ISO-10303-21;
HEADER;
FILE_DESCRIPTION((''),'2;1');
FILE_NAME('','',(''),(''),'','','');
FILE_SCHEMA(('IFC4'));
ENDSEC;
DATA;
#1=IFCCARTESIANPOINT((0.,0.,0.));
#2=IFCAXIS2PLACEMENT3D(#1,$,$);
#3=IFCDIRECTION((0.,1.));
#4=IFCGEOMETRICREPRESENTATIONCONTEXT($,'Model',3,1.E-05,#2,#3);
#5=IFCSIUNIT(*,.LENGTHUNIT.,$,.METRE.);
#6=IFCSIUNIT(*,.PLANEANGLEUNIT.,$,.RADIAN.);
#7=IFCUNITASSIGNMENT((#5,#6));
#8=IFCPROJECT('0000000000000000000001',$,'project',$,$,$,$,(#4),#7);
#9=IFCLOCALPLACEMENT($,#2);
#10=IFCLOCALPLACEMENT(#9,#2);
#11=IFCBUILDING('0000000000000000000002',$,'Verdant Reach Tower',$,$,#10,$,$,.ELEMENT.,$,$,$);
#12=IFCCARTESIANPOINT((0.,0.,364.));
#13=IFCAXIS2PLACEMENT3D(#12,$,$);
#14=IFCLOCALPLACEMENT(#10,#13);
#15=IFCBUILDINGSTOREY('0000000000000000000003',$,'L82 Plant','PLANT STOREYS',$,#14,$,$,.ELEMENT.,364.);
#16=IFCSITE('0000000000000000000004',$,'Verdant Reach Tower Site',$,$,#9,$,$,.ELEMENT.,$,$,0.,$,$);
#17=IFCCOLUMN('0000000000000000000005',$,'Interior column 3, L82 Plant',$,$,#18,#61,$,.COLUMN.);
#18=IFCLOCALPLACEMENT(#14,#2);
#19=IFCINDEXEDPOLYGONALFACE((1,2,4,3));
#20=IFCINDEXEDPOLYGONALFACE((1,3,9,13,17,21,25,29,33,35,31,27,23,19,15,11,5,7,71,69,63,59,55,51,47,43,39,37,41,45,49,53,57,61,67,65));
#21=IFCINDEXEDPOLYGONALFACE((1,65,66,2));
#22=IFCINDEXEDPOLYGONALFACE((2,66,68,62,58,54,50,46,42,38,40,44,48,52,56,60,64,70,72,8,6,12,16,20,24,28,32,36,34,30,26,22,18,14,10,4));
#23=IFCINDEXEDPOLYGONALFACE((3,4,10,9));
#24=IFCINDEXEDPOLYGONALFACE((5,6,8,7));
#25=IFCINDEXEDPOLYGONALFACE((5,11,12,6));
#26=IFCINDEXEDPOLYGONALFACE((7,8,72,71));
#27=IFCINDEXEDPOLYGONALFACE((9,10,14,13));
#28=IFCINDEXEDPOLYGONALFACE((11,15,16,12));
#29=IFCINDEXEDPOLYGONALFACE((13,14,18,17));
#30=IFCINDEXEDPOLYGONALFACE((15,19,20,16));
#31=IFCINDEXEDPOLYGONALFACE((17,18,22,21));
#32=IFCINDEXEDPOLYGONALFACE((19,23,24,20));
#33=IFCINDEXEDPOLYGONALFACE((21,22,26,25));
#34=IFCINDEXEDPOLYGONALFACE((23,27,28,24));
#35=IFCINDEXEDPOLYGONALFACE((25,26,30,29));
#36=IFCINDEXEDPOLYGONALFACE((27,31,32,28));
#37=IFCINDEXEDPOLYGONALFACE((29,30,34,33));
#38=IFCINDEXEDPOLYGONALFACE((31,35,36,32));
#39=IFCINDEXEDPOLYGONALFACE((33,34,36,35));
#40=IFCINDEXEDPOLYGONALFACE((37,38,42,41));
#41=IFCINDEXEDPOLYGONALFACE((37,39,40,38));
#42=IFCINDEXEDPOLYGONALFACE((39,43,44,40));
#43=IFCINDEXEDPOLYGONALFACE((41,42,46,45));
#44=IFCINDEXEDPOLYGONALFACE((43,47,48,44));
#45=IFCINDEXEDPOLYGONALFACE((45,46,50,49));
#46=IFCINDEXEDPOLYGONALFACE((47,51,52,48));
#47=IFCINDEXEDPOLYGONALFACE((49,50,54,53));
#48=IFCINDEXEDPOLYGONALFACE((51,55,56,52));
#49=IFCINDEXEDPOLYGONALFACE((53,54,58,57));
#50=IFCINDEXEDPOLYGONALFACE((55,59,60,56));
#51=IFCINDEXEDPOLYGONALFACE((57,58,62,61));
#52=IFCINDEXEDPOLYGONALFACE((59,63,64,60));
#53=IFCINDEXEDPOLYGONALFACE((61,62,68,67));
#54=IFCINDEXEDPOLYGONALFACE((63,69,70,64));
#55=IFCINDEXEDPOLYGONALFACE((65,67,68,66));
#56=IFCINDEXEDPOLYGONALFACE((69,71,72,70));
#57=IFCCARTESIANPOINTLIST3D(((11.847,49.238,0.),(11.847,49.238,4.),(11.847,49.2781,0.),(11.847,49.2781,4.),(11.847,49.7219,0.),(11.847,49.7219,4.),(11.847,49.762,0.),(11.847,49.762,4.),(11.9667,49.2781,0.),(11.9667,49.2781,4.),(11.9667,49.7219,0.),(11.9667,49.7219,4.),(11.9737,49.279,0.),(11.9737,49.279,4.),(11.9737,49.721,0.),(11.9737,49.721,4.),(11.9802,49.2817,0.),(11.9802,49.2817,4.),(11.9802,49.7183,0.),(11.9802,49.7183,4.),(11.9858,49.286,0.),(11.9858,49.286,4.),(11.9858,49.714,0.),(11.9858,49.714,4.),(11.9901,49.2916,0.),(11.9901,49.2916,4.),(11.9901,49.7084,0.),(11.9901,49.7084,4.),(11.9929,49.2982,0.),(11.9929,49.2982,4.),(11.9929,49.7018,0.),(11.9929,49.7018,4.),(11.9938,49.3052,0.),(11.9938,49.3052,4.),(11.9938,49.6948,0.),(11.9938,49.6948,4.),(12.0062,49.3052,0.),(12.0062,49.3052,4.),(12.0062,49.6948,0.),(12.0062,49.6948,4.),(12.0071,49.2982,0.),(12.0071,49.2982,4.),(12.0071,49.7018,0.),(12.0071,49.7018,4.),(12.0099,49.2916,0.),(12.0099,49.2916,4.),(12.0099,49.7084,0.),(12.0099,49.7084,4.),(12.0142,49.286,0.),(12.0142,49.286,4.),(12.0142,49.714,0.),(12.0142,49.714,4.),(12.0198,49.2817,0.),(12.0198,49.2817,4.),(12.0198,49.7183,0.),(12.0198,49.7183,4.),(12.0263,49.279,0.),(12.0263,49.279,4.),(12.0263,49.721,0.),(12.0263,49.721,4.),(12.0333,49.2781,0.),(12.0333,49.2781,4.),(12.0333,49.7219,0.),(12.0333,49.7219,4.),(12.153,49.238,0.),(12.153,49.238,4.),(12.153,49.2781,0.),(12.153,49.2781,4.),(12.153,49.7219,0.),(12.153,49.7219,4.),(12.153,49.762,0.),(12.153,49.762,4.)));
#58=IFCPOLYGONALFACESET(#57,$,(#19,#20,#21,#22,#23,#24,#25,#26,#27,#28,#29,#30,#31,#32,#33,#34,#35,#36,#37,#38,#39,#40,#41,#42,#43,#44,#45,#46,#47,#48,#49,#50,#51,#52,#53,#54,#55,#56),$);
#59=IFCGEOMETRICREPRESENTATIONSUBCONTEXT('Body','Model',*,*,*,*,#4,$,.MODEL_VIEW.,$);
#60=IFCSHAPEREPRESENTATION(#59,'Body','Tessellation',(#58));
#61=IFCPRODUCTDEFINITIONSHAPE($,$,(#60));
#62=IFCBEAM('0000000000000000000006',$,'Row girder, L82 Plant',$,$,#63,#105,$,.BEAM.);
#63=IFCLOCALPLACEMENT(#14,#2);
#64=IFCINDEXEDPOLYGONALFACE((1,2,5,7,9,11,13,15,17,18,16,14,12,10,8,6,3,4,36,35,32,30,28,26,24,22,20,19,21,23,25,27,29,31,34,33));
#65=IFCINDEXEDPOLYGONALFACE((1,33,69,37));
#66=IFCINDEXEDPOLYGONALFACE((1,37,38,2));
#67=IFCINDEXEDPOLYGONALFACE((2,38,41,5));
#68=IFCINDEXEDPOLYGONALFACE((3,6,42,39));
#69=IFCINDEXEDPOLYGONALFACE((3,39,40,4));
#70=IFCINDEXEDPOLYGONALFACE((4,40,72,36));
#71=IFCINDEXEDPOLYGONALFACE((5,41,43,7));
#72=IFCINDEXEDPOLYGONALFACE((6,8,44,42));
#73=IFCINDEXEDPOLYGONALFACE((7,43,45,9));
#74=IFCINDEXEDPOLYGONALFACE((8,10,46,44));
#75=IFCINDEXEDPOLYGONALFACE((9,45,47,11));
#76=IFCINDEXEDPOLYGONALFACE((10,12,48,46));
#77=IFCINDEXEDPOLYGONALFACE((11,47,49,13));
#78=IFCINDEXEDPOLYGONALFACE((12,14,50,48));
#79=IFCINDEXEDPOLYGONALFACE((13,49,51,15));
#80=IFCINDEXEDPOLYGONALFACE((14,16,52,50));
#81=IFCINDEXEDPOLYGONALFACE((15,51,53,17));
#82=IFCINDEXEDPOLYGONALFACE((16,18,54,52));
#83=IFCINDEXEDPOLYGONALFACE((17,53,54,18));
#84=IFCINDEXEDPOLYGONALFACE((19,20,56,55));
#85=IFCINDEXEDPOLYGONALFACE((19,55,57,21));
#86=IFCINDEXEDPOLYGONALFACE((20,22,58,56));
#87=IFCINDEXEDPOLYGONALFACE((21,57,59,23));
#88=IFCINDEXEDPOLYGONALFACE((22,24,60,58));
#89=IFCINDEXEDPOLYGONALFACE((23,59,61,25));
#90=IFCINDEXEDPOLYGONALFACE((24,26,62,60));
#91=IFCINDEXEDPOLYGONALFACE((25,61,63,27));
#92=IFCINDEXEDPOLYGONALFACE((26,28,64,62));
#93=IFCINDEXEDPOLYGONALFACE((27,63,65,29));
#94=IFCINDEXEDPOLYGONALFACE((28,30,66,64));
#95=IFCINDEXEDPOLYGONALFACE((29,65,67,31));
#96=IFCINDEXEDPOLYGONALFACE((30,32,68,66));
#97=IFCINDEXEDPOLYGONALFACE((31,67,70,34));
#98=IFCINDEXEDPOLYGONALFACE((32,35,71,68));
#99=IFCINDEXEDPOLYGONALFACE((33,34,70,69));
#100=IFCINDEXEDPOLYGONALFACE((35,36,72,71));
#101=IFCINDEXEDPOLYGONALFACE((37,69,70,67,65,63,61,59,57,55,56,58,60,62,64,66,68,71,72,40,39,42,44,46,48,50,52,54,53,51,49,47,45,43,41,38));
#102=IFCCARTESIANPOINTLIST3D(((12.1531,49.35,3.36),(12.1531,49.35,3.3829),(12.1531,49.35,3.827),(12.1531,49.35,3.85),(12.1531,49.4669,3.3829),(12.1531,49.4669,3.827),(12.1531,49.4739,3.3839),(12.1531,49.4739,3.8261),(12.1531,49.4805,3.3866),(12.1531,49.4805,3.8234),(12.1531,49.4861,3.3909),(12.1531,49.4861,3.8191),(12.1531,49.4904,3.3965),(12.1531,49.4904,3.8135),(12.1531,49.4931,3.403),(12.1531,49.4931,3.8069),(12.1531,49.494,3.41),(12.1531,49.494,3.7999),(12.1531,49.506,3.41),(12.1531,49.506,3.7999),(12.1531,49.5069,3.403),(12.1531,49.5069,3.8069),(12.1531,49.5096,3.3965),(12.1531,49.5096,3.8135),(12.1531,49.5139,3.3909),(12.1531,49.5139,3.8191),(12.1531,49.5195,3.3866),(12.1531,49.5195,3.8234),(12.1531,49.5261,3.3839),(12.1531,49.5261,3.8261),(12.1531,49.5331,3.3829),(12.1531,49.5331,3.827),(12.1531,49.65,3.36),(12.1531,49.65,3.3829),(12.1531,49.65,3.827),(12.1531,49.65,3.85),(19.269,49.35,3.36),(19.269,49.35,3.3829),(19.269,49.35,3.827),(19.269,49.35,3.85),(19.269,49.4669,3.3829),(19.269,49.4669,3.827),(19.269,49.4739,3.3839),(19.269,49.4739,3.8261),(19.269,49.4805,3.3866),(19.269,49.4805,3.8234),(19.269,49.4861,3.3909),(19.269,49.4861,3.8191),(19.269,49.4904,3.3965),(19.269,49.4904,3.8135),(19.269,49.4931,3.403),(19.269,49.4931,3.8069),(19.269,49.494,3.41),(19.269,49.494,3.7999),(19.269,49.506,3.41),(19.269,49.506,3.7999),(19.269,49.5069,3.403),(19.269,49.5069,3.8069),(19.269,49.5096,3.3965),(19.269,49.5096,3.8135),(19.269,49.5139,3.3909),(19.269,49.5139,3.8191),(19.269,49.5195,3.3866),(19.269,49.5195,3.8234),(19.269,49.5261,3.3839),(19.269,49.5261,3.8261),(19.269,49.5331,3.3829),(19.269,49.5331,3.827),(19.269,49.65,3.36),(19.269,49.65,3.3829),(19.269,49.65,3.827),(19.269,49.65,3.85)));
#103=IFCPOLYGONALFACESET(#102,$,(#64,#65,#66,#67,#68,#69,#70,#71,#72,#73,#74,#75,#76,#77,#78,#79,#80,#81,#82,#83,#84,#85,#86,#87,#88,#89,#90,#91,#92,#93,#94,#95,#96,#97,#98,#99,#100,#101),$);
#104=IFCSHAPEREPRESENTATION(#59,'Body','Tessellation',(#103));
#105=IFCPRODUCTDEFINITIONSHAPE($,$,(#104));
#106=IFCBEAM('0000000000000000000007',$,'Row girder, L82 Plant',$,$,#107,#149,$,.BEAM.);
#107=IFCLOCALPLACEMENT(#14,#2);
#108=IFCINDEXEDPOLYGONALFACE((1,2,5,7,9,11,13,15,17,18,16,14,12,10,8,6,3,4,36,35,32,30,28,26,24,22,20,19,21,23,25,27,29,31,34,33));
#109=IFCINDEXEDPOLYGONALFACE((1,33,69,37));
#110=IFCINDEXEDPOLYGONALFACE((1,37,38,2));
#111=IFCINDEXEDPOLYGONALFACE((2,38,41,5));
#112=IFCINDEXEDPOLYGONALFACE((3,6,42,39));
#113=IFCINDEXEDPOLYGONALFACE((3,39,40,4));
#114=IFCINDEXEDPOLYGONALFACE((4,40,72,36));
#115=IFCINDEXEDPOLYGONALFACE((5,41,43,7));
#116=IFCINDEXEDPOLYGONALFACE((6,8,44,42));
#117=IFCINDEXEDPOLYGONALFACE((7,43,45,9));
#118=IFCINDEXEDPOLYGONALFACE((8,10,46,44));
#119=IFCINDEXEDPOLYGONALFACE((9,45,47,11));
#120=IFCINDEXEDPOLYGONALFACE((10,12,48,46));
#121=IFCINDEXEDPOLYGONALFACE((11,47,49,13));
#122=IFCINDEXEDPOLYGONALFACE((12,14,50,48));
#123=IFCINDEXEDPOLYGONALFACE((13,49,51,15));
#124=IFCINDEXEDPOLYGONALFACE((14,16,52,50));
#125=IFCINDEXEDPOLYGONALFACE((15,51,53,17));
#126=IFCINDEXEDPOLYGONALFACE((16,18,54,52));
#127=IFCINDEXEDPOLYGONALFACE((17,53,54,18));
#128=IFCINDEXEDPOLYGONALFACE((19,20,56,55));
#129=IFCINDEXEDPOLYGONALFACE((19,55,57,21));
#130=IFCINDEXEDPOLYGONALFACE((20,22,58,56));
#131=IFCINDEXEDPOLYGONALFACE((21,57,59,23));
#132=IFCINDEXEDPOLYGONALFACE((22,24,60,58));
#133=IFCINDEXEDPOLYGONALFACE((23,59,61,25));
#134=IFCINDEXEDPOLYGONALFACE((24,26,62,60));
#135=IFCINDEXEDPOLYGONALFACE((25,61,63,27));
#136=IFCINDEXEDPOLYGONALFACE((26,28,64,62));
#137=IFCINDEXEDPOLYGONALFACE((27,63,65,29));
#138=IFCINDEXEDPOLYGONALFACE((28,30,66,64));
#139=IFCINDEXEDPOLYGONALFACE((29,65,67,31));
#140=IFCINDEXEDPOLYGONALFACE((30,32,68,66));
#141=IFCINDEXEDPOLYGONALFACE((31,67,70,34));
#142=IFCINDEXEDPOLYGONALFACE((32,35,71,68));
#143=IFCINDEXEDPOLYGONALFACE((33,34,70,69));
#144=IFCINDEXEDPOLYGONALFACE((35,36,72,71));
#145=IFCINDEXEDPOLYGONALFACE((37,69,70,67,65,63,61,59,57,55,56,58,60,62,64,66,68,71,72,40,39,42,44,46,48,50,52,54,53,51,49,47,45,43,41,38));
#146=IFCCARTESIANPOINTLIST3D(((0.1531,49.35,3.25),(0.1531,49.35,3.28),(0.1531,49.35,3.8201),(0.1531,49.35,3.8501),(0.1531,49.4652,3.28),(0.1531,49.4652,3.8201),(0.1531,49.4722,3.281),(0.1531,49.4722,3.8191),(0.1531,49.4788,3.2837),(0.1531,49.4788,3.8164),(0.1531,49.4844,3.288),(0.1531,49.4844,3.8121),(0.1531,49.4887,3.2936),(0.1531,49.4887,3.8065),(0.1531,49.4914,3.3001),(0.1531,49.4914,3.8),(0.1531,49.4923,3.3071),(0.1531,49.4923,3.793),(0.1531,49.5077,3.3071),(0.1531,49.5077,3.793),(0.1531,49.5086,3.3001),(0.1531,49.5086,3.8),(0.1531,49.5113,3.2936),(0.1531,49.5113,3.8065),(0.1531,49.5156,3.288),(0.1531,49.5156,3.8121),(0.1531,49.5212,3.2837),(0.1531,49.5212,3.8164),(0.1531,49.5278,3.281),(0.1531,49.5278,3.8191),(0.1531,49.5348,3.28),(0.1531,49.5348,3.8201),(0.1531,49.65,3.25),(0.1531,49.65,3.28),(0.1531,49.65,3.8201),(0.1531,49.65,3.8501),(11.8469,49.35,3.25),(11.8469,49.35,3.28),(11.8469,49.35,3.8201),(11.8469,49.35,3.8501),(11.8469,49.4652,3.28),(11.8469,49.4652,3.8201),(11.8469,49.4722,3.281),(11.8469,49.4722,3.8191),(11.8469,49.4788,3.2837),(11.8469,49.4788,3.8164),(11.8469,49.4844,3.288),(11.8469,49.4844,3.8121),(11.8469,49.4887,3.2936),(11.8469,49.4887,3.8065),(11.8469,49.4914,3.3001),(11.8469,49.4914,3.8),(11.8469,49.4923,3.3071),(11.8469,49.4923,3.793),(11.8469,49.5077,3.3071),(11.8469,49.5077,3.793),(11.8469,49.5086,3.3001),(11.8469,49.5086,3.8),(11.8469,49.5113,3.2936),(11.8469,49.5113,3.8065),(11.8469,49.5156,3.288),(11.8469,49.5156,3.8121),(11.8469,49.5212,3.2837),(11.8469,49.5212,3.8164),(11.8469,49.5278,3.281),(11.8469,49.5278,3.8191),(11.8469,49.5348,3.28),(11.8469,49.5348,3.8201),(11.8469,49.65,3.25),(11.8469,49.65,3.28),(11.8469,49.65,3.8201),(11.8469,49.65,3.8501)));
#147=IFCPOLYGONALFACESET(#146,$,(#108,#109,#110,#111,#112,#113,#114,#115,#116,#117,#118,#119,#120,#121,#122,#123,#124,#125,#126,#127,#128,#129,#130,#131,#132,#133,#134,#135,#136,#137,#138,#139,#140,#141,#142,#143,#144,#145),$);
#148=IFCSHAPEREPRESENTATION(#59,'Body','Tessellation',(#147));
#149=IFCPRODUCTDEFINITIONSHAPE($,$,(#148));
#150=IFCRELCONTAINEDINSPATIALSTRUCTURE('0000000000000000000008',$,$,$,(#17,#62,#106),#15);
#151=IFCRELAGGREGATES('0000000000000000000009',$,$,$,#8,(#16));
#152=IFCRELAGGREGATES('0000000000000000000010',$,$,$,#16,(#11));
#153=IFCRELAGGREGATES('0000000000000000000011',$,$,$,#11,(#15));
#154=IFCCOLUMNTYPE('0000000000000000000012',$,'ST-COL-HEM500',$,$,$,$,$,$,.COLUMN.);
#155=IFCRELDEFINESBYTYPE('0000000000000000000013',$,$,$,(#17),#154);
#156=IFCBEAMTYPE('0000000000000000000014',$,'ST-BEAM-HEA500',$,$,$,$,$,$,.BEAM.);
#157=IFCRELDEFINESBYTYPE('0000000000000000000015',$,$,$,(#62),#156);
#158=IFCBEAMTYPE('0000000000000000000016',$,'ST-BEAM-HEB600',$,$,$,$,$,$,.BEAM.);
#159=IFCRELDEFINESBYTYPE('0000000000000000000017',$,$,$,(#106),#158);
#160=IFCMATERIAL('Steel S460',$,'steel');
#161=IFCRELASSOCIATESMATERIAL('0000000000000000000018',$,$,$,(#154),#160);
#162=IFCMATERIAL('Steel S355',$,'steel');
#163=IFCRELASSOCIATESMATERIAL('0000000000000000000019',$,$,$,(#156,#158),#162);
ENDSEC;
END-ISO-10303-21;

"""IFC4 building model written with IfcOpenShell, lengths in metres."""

from ifc_helpers import new_model, si_unit, direction, frame, origin, origin_2d, place, context, subcontext, project, spatial, i_section, extrude, material, material_profile, profile_set, type_object, element, save


model = new_model("IFC4")

# Units and contexts
model_context = context("Model", 3, precision=1e-05, world=origin(), true_north=direction((0.0, 1.0)))
body_context = subcontext(model_context, "Body", "Model", "MODEL_VIEW")
ifc_project = project(units=[si_unit("LENGTHUNIT", "METRE"), si_unit("PLANEANGLEUNIT", "RADIAN")], contexts=[model_context])

# Site, building, storey
site_placement = place(None, origin())
site = spatial("IfcSite", under=ifc_project, at=site_placement, Name="Verdant Reach Tower Site", CompositionType="ELEMENT", RefElevation=0.0)
building_placement = place(site_placement, origin())
building = spatial("IfcBuilding", under=site, at=building_placement, Name="Verdant Reach Tower", CompositionType="ELEMENT")
storey_placement = place(building_placement, frame((0.0, 0.0, 364.0)))
storey = spatial("IfcBuildingStorey", under=building, at=storey_placement, Name="L82 Plant", Description="PLANT STOREYS", CompositionType="ELEMENT", Elevation=364.0)

# Column
ifc_material_1 = material(Name="Steel S460", Category="steel")
ifc_material_profile_1 = material_profile(ifc_material_1, i_section(OverallWidth=0.3059, OverallDepth=0.5239, WebThickness=0.0125, FlangeThickness=0.04, FilletRadius=0.0271, at=origin_2d()), Name="HEM 500")
ifc_profile_set_1 = profile_set([ifc_material_profile_1], Name="Steel S460")
column_type = type_object("IfcColumnType", Name="ST-COL-HEM500", PredefinedType="COLUMN", material=ifc_profile_set_1)
column_placement = place(storey_placement, frame((12.0, 49.5, 0.0), z_axis=(0.0, 0.0, 1.0), x_axis=(1.0, 0.0, 0.0)))
element("IfcColumn", 1, at=column_placement, inside=storey, type_object=column_type, Name="Interior column 3, L82 Plant", PredefinedType="COLUMN", context=body_context, shape_type="SweptSolid", body=[
    extrude(i_section(OverallWidth=0.3059, OverallDepth=0.5239, WebThickness=0.0125, FlangeThickness=0.04, FilletRadius=0.0271, at=origin_2d()), origin(), (0.0, 0.0, 1.0), 4.0),
])

# Beams
ifc_material_2 = material(Name="Steel S355", Category="steel")
ifc_material_profile_2 = material_profile(ifc_material_2, i_section(OverallWidth=0.3, OverallDepth=0.49, WebThickness=0.012, FlangeThickness=0.0229, FilletRadius=0.0271, at=origin_2d()), Name="HEA 500")
ifc_profile_set_2 = profile_set([ifc_material_profile_2], Name="Steel S355")
beam_type_1 = type_object("IfcBeamType", Name="ST-BEAM-HEA500", PredefinedType="BEAM", material=ifc_profile_set_2)
beam_1_placement = place(storey_placement, frame((12.1531, 49.5, 3.605), z_axis=(1.0, 0.0, 0.0), x_axis=(0.0, 1.0, 0.0)))
element("IfcBeam", 2, at=beam_1_placement, inside=storey, type_object=beam_type_1, Name="Row girder, L82 Plant", PredefinedType="BEAM", context=body_context, shape_type="SweptSolid", body=[
    extrude(i_section(OverallWidth=0.3, OverallDepth=0.49, WebThickness=0.012, FlangeThickness=0.0229, FilletRadius=0.0271, at=origin_2d()), origin(), (0.0, 0.0, 1.0), 7.116),
])
ifc_material_profile_3 = material_profile(ifc_material_2, i_section(OverallWidth=0.3, OverallDepth=0.6001, WebThickness=0.0154, FlangeThickness=0.03, FilletRadius=0.0271, at=origin_2d()), Name="HEB 600")
ifc_profile_set_3 = profile_set([ifc_material_profile_3], Name="Steel S355")
beam_type_2 = type_object("IfcBeamType", Name="ST-BEAM-HEB600", PredefinedType="BEAM", material=ifc_profile_set_3)
beam_2_placement = place(storey_placement, frame((0.1531, 49.5, 3.55), z_axis=(1.0, 0.0, 0.0), x_axis=(0.0, 1.0, 0.0)))
element("IfcBeam", 3, at=beam_2_placement, inside=storey, type_object=beam_type_2, Name="Row girder, L82 Plant", PredefinedType="BEAM", context=body_context, shape_type="SweptSolid", body=[
    extrude(i_section(OverallWidth=0.3, OverallDepth=0.6001, WebThickness=0.0154, FlangeThickness=0.03, FilletRadius=0.0271, at=origin_2d()), origin(), (0.0, 0.0, 1.0), 11.6938),
])

save(model, "model.ifc")
